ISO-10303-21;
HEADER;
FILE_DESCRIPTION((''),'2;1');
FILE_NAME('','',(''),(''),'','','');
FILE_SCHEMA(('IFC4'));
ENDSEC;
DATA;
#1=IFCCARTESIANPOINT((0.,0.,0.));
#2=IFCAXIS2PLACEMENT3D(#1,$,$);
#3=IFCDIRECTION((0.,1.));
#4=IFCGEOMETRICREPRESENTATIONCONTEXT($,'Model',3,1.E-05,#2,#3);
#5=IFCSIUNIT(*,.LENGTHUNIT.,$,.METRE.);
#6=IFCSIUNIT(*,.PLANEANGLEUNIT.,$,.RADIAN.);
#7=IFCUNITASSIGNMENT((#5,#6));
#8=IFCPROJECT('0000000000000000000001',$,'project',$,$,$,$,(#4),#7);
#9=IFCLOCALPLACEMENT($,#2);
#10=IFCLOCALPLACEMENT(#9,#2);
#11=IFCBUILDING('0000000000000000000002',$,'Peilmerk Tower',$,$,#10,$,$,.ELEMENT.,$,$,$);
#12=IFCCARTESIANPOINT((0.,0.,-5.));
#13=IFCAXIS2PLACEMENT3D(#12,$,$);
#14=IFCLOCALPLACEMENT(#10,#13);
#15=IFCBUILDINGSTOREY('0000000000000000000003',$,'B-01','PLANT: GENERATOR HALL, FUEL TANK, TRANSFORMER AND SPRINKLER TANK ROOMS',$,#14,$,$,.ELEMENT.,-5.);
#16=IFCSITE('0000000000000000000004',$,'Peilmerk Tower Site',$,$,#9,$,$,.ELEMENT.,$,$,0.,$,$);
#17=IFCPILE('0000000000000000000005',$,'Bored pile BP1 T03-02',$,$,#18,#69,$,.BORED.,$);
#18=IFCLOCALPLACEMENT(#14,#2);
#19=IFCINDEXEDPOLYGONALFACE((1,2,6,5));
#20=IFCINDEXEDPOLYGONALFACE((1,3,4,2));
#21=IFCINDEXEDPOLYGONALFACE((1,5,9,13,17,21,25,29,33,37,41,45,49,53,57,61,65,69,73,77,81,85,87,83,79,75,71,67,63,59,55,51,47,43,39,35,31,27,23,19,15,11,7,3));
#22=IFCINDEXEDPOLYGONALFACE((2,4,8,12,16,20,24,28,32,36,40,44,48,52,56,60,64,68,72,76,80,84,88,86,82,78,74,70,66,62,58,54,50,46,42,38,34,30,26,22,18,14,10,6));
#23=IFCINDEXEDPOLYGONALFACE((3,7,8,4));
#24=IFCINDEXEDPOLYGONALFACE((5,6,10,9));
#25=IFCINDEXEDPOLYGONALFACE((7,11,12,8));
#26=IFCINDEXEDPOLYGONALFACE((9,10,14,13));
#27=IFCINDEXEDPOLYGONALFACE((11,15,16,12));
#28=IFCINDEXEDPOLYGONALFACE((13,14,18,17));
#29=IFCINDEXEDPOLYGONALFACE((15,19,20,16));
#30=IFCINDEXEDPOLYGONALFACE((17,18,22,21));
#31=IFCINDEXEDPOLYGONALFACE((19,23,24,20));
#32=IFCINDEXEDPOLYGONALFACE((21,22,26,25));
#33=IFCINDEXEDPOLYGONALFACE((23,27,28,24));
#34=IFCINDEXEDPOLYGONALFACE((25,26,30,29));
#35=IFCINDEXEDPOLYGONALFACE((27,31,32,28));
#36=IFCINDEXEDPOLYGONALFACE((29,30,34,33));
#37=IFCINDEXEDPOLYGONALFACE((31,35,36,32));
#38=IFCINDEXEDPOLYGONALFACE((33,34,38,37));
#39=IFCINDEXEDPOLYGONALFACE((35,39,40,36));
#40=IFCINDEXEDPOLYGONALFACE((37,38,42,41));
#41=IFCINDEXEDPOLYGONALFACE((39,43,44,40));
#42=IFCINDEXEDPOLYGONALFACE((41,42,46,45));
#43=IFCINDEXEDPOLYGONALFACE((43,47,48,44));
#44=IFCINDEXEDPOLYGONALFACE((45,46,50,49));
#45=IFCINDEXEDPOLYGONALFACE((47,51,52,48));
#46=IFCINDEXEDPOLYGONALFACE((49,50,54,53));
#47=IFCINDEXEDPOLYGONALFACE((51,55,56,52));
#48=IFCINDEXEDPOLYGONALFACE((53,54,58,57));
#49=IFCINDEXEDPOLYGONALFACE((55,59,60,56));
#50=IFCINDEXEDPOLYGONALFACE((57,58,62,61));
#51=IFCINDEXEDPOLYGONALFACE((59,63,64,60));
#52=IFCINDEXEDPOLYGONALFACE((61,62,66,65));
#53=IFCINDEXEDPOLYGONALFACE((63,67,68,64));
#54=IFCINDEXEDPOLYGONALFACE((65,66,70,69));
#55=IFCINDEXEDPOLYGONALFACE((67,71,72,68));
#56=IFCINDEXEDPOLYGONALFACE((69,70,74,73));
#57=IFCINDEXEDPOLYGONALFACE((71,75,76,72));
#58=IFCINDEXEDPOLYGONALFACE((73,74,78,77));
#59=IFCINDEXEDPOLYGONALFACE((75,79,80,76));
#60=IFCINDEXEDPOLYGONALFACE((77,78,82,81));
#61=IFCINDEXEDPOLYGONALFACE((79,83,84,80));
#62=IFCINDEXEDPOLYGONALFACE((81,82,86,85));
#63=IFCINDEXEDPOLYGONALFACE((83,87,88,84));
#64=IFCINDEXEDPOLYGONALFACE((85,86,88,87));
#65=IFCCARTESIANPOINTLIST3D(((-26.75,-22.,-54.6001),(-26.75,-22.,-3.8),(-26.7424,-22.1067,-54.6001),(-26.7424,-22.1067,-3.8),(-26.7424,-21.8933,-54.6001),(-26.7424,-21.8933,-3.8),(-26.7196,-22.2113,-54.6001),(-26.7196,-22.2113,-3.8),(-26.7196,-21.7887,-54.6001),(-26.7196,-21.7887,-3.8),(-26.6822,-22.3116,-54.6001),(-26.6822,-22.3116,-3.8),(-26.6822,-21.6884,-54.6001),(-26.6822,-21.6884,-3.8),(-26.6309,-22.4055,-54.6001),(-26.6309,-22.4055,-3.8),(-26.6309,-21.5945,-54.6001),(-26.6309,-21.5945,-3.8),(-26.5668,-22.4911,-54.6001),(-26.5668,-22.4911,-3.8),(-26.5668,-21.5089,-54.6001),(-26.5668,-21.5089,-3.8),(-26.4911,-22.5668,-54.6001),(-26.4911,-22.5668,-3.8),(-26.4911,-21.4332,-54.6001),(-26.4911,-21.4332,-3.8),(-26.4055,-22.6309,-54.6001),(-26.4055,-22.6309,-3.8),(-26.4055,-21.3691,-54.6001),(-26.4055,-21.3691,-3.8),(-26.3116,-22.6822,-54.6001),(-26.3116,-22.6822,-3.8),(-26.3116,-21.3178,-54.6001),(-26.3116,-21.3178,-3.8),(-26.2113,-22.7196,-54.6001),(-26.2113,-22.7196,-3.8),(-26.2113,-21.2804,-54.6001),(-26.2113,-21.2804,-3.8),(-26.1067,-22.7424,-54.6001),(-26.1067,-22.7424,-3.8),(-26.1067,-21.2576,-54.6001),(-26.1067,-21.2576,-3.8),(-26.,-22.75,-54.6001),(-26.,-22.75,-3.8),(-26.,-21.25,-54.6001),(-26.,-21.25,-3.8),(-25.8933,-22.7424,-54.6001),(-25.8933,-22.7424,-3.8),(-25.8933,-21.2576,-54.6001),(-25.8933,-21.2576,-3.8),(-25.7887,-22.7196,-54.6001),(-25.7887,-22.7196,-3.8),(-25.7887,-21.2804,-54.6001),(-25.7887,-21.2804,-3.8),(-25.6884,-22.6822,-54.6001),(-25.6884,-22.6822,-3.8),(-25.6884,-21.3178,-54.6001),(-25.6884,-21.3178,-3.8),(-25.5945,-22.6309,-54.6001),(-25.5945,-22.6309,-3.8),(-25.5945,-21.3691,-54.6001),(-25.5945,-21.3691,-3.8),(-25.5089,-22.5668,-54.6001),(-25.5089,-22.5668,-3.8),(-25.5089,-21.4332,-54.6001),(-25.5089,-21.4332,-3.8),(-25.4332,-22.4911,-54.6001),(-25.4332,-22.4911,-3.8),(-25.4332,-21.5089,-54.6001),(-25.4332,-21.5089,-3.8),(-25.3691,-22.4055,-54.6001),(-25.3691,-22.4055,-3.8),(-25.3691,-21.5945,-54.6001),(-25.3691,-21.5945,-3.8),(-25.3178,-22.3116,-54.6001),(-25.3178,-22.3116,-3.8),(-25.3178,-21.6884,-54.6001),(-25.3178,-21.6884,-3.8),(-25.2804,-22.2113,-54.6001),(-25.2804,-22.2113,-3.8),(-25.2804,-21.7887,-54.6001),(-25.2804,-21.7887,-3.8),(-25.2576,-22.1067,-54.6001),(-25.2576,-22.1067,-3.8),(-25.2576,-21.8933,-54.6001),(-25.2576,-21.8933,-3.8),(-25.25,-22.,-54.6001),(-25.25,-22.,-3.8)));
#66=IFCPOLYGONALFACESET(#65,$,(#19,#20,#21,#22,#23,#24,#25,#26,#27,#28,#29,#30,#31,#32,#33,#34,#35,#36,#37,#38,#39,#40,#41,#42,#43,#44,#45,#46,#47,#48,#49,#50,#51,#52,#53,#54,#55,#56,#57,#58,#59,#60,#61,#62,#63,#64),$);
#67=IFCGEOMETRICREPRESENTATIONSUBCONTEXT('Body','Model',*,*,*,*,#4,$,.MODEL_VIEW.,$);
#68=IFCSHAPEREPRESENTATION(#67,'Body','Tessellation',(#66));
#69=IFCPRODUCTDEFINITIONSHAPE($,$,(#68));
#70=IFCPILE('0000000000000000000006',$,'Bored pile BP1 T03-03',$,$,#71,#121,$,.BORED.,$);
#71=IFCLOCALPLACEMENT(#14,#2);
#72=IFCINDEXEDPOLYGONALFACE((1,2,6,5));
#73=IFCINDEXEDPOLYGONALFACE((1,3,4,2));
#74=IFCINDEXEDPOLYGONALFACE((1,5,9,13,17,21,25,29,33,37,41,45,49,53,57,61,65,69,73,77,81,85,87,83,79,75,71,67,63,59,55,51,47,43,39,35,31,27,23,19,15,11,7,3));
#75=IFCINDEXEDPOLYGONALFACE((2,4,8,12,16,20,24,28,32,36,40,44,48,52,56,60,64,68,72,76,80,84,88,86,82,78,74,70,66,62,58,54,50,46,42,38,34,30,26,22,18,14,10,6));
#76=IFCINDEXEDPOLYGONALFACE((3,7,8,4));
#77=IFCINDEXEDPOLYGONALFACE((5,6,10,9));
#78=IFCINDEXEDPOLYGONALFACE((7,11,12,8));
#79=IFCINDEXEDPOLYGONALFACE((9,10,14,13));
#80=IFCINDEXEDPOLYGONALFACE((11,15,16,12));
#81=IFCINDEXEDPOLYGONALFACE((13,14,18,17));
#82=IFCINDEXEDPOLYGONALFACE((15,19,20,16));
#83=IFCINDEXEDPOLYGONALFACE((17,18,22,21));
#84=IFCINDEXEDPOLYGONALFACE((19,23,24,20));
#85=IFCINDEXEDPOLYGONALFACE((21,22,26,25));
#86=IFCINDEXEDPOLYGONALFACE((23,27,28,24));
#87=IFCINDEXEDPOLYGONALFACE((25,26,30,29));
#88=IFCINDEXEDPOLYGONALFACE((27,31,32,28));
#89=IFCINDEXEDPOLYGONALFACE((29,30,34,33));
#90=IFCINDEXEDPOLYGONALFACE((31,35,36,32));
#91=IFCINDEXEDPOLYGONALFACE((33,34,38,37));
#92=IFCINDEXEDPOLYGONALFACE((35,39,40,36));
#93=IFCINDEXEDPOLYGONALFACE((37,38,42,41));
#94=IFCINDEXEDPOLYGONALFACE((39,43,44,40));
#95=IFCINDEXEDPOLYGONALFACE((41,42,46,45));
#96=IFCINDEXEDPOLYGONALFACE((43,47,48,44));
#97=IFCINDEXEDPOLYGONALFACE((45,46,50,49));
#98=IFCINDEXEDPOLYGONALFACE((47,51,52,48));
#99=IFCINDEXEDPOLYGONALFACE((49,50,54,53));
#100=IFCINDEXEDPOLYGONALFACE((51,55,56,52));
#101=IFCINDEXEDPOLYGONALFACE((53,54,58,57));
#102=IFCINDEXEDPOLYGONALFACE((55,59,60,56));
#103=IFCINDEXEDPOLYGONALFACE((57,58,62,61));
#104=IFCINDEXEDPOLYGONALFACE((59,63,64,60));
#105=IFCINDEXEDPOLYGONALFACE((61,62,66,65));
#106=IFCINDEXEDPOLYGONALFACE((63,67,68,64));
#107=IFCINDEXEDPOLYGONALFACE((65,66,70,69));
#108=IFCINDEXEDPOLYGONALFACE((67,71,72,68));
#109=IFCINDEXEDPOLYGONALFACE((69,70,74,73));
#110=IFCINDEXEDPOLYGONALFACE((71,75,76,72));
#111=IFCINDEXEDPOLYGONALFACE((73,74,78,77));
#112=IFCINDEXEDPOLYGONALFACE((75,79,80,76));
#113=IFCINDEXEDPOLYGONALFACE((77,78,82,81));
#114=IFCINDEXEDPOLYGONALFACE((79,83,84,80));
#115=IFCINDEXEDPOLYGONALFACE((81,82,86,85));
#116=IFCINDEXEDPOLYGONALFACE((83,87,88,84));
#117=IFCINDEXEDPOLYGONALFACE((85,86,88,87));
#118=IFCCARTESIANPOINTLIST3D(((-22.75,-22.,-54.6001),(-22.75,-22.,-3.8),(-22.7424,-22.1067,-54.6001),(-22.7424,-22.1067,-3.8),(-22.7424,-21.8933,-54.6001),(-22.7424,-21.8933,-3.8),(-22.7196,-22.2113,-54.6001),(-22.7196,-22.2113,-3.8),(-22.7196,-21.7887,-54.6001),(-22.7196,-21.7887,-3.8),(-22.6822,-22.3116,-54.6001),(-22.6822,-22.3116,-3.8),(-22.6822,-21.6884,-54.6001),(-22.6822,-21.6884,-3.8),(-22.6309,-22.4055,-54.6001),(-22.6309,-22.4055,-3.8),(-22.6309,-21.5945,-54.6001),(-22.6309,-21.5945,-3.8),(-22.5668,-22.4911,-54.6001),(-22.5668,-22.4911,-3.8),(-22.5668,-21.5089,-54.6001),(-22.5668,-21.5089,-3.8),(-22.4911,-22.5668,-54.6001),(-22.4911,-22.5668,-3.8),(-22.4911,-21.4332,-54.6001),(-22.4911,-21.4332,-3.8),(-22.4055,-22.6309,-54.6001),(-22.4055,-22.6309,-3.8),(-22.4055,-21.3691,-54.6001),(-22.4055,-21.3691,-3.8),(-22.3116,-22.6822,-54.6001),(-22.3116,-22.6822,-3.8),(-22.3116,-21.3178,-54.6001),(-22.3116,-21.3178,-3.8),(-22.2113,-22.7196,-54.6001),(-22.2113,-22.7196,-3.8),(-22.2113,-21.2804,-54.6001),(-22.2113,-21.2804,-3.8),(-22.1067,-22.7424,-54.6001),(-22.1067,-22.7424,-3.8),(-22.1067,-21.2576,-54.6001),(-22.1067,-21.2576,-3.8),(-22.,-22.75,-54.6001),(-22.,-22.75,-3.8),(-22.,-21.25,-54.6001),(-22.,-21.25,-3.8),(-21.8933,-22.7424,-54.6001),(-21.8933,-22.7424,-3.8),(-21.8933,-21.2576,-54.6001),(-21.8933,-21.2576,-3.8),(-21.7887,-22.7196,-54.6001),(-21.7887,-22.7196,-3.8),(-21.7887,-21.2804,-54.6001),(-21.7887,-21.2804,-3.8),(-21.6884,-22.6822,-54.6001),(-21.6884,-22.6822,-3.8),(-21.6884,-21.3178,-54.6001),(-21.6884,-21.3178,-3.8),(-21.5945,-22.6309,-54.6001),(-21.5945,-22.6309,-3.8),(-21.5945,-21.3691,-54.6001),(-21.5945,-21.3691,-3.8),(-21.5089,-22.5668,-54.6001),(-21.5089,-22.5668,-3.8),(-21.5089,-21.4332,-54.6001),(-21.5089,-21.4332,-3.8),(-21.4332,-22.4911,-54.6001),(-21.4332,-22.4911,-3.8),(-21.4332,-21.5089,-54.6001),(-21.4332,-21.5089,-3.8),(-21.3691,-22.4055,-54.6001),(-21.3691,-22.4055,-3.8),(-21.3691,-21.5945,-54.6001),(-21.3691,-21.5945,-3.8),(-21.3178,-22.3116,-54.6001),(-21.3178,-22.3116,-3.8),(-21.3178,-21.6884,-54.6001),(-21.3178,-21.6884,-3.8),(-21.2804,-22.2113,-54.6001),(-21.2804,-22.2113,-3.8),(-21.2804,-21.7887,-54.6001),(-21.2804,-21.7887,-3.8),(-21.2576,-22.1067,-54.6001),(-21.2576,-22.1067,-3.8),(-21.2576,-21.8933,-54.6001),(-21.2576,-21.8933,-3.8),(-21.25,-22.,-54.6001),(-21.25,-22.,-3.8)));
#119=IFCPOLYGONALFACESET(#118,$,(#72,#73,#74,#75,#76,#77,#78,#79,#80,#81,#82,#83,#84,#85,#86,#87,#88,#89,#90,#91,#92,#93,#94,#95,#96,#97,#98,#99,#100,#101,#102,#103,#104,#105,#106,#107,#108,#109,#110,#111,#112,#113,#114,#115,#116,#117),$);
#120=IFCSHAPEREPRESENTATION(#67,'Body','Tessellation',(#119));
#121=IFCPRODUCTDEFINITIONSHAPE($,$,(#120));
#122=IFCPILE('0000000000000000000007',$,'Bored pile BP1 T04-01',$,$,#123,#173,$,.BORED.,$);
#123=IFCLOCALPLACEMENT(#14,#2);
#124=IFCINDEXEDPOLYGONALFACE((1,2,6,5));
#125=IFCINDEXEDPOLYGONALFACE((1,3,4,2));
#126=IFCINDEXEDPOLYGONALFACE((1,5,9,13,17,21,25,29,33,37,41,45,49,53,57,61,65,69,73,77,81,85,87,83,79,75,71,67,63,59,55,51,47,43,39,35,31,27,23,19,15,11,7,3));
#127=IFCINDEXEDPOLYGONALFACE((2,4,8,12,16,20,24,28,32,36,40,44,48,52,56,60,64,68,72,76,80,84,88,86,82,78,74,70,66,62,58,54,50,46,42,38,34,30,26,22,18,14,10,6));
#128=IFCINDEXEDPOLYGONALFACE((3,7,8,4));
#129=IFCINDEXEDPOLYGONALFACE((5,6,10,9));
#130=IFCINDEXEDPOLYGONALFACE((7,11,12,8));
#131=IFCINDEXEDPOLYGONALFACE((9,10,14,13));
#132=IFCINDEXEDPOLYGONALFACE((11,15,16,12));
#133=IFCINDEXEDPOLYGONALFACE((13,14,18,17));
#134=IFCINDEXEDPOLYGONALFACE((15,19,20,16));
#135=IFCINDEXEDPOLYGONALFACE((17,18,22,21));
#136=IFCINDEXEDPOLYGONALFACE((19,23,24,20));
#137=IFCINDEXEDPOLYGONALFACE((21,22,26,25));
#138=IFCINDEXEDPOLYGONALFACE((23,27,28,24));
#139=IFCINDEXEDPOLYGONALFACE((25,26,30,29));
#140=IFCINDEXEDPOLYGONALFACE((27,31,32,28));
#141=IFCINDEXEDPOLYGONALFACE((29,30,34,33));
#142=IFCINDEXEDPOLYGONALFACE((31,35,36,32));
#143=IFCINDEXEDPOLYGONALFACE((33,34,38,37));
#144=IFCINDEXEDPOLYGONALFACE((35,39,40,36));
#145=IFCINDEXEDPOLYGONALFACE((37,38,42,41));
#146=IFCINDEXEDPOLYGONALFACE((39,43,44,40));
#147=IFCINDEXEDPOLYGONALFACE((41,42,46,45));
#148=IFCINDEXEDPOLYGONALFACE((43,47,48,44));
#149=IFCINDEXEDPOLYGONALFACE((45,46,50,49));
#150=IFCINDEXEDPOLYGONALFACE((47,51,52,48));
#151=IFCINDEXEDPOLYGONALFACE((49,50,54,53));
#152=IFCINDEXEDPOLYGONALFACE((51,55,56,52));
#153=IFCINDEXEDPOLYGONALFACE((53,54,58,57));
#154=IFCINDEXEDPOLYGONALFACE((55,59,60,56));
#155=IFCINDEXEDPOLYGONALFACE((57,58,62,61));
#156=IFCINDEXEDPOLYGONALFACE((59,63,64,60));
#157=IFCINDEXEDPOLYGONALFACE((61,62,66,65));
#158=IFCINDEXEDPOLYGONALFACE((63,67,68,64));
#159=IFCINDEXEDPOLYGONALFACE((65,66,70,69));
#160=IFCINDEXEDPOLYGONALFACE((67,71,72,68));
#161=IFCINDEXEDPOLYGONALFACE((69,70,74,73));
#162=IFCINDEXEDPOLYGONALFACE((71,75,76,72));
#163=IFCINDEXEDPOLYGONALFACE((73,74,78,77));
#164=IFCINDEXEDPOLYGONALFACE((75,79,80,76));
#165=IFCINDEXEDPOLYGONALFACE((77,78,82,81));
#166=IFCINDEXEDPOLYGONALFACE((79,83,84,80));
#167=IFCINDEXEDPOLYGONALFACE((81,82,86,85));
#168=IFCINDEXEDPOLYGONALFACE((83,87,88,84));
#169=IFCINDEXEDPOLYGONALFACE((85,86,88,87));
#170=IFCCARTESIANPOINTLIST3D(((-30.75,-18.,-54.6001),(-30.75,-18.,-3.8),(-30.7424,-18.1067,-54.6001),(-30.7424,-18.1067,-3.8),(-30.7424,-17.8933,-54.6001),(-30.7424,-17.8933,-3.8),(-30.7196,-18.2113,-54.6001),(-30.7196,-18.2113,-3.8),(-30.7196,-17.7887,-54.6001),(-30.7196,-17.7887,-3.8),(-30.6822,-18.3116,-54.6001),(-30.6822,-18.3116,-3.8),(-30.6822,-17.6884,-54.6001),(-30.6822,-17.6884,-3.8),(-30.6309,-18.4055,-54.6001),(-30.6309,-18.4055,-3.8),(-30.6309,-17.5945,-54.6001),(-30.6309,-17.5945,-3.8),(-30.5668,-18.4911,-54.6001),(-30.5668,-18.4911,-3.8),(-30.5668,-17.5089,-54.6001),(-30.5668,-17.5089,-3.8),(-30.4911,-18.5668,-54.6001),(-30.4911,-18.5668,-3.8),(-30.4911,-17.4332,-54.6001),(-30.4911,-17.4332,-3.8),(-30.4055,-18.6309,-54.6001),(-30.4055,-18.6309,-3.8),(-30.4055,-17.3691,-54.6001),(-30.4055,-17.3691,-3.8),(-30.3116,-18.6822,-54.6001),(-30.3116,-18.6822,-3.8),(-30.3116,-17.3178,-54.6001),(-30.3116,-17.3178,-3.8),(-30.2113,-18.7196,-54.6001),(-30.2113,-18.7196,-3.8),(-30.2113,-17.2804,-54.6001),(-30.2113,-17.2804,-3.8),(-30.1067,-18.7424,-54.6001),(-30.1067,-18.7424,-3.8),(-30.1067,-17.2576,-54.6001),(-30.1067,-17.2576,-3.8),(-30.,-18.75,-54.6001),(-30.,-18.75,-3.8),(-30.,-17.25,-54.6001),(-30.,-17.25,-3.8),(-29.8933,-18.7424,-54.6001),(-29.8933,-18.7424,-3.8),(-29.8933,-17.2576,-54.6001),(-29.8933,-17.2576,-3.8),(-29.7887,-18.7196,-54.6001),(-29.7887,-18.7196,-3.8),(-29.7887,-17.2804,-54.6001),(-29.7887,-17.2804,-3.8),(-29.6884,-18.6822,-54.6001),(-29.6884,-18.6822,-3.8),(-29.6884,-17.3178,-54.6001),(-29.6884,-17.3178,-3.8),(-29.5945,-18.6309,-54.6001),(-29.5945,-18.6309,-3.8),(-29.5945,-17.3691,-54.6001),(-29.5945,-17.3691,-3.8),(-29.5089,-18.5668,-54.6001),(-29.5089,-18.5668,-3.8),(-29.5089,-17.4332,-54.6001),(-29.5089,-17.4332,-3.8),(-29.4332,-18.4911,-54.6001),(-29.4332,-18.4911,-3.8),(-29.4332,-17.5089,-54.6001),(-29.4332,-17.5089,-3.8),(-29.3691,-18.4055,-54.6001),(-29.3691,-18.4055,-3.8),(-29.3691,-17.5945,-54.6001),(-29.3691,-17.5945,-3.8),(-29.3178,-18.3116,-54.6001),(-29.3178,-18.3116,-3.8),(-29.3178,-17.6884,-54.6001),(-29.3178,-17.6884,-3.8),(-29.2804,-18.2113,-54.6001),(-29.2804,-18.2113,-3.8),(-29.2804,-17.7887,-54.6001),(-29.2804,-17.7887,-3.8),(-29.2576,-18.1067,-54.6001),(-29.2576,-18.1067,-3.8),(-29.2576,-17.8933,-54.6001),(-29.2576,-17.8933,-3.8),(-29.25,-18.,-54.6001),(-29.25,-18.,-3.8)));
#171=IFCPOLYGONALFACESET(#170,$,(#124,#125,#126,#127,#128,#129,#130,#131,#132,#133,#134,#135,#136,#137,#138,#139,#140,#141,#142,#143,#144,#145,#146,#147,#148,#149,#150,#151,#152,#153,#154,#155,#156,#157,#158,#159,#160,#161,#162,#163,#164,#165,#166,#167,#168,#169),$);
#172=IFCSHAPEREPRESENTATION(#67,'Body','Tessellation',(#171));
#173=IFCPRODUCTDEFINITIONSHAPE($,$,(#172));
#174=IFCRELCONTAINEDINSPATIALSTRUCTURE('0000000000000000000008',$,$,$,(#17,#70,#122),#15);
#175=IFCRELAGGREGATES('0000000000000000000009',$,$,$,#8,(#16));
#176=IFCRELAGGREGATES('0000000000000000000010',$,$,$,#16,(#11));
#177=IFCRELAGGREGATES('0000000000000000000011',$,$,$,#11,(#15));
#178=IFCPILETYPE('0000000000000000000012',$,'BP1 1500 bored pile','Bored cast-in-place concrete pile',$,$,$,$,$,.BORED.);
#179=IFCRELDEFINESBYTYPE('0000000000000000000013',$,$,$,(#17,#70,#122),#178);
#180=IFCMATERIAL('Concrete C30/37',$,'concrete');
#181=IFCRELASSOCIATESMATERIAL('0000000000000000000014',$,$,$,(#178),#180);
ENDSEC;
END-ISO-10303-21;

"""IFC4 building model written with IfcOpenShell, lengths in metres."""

from ifc_helpers import new_model, si_unit, direction, frame, origin, origin_2d, place, context, subcontext, project, spatial, circle, extrude, material, material_profile, profile_set, type_object, element, save


model = new_model("IFC4")

# Units and contexts
model_context = context("Model", 3, precision=1e-05, world=origin(), true_north=direction((0.0, 1.0)))
body_context = subcontext(model_context, "Body", "Model", "MODEL_VIEW")
ifc_project = project(units=[si_unit("LENGTHUNIT", "METRE"), si_unit("PLANEANGLEUNIT", "RADIAN")], contexts=[model_context])

# Site, building, storey
site_placement = place(None, origin())
site = spatial("IfcSite", under=ifc_project, at=site_placement, Name="Peilmerk Tower Site", CompositionType="ELEMENT", RefElevation=0.0)
building_placement = place(site_placement, origin())
building = spatial("IfcBuilding", under=site, at=building_placement, Name="Peilmerk Tower", CompositionType="ELEMENT")
storey_placement = place(building_placement, frame((0.0, 0.0, -5.0)))
storey = spatial("IfcBuildingStorey", under=building, at=storey_placement, Name="B-01", Description="PLANT: GENERATOR HALL, FUEL TANK, TRANSFORMER AND SPRINKLER TANK ROOMS", CompositionType="ELEMENT", Elevation=-5.0)

# Piles
ifc_material_1 = material(Name="Concrete C30/37", Category="concrete")
ifc_material_profile_1 = material_profile(ifc_material_1, circle(Radius=0.75, at=origin_2d()), Name="BP 1500")
ifc_profile_set_1 = profile_set([ifc_material_profile_1], Name="Concrete C30/37")
pile_type_1 = type_object("IfcPileType", Name="BP1 1500 bored pile", Description="Bored cast-in-place concrete pile", PredefinedType="BORED", material=ifc_profile_set_1)
for number, where, z_axis, x_axis, name in (
    (1, (-26.0, -22.0, -3.8), (0.0, 0.0, -1.0), (1.0, 0.0, 0.0), "Bored pile BP1 T03-02"),
    (2, (-22.0, -22.0, -3.8), (0.0, 0.0, -1.0), (1.0, 0.0, 0.0), "Bored pile BP1 T03-03"),
    (3, (-30.0, -18.0, -3.8), (0.0, 0.0, -1.0), (1.0, 0.0, 0.0), "Bored pile BP1 T04-01"),
):
    element("IfcPile", number, at=place(storey_placement, frame(where, z_axis=z_axis, x_axis=x_axis)), inside=storey, type_object=pile_type_1, Name=name, PredefinedType="BORED", context=body_context, shape_type="SweptSolid", body=[
        extrude(circle(Radius=0.75, at=origin_2d()), origin(), (0.0, 0.0, 1.0), 50.8),
    ])

save(model, "model.ifc")
